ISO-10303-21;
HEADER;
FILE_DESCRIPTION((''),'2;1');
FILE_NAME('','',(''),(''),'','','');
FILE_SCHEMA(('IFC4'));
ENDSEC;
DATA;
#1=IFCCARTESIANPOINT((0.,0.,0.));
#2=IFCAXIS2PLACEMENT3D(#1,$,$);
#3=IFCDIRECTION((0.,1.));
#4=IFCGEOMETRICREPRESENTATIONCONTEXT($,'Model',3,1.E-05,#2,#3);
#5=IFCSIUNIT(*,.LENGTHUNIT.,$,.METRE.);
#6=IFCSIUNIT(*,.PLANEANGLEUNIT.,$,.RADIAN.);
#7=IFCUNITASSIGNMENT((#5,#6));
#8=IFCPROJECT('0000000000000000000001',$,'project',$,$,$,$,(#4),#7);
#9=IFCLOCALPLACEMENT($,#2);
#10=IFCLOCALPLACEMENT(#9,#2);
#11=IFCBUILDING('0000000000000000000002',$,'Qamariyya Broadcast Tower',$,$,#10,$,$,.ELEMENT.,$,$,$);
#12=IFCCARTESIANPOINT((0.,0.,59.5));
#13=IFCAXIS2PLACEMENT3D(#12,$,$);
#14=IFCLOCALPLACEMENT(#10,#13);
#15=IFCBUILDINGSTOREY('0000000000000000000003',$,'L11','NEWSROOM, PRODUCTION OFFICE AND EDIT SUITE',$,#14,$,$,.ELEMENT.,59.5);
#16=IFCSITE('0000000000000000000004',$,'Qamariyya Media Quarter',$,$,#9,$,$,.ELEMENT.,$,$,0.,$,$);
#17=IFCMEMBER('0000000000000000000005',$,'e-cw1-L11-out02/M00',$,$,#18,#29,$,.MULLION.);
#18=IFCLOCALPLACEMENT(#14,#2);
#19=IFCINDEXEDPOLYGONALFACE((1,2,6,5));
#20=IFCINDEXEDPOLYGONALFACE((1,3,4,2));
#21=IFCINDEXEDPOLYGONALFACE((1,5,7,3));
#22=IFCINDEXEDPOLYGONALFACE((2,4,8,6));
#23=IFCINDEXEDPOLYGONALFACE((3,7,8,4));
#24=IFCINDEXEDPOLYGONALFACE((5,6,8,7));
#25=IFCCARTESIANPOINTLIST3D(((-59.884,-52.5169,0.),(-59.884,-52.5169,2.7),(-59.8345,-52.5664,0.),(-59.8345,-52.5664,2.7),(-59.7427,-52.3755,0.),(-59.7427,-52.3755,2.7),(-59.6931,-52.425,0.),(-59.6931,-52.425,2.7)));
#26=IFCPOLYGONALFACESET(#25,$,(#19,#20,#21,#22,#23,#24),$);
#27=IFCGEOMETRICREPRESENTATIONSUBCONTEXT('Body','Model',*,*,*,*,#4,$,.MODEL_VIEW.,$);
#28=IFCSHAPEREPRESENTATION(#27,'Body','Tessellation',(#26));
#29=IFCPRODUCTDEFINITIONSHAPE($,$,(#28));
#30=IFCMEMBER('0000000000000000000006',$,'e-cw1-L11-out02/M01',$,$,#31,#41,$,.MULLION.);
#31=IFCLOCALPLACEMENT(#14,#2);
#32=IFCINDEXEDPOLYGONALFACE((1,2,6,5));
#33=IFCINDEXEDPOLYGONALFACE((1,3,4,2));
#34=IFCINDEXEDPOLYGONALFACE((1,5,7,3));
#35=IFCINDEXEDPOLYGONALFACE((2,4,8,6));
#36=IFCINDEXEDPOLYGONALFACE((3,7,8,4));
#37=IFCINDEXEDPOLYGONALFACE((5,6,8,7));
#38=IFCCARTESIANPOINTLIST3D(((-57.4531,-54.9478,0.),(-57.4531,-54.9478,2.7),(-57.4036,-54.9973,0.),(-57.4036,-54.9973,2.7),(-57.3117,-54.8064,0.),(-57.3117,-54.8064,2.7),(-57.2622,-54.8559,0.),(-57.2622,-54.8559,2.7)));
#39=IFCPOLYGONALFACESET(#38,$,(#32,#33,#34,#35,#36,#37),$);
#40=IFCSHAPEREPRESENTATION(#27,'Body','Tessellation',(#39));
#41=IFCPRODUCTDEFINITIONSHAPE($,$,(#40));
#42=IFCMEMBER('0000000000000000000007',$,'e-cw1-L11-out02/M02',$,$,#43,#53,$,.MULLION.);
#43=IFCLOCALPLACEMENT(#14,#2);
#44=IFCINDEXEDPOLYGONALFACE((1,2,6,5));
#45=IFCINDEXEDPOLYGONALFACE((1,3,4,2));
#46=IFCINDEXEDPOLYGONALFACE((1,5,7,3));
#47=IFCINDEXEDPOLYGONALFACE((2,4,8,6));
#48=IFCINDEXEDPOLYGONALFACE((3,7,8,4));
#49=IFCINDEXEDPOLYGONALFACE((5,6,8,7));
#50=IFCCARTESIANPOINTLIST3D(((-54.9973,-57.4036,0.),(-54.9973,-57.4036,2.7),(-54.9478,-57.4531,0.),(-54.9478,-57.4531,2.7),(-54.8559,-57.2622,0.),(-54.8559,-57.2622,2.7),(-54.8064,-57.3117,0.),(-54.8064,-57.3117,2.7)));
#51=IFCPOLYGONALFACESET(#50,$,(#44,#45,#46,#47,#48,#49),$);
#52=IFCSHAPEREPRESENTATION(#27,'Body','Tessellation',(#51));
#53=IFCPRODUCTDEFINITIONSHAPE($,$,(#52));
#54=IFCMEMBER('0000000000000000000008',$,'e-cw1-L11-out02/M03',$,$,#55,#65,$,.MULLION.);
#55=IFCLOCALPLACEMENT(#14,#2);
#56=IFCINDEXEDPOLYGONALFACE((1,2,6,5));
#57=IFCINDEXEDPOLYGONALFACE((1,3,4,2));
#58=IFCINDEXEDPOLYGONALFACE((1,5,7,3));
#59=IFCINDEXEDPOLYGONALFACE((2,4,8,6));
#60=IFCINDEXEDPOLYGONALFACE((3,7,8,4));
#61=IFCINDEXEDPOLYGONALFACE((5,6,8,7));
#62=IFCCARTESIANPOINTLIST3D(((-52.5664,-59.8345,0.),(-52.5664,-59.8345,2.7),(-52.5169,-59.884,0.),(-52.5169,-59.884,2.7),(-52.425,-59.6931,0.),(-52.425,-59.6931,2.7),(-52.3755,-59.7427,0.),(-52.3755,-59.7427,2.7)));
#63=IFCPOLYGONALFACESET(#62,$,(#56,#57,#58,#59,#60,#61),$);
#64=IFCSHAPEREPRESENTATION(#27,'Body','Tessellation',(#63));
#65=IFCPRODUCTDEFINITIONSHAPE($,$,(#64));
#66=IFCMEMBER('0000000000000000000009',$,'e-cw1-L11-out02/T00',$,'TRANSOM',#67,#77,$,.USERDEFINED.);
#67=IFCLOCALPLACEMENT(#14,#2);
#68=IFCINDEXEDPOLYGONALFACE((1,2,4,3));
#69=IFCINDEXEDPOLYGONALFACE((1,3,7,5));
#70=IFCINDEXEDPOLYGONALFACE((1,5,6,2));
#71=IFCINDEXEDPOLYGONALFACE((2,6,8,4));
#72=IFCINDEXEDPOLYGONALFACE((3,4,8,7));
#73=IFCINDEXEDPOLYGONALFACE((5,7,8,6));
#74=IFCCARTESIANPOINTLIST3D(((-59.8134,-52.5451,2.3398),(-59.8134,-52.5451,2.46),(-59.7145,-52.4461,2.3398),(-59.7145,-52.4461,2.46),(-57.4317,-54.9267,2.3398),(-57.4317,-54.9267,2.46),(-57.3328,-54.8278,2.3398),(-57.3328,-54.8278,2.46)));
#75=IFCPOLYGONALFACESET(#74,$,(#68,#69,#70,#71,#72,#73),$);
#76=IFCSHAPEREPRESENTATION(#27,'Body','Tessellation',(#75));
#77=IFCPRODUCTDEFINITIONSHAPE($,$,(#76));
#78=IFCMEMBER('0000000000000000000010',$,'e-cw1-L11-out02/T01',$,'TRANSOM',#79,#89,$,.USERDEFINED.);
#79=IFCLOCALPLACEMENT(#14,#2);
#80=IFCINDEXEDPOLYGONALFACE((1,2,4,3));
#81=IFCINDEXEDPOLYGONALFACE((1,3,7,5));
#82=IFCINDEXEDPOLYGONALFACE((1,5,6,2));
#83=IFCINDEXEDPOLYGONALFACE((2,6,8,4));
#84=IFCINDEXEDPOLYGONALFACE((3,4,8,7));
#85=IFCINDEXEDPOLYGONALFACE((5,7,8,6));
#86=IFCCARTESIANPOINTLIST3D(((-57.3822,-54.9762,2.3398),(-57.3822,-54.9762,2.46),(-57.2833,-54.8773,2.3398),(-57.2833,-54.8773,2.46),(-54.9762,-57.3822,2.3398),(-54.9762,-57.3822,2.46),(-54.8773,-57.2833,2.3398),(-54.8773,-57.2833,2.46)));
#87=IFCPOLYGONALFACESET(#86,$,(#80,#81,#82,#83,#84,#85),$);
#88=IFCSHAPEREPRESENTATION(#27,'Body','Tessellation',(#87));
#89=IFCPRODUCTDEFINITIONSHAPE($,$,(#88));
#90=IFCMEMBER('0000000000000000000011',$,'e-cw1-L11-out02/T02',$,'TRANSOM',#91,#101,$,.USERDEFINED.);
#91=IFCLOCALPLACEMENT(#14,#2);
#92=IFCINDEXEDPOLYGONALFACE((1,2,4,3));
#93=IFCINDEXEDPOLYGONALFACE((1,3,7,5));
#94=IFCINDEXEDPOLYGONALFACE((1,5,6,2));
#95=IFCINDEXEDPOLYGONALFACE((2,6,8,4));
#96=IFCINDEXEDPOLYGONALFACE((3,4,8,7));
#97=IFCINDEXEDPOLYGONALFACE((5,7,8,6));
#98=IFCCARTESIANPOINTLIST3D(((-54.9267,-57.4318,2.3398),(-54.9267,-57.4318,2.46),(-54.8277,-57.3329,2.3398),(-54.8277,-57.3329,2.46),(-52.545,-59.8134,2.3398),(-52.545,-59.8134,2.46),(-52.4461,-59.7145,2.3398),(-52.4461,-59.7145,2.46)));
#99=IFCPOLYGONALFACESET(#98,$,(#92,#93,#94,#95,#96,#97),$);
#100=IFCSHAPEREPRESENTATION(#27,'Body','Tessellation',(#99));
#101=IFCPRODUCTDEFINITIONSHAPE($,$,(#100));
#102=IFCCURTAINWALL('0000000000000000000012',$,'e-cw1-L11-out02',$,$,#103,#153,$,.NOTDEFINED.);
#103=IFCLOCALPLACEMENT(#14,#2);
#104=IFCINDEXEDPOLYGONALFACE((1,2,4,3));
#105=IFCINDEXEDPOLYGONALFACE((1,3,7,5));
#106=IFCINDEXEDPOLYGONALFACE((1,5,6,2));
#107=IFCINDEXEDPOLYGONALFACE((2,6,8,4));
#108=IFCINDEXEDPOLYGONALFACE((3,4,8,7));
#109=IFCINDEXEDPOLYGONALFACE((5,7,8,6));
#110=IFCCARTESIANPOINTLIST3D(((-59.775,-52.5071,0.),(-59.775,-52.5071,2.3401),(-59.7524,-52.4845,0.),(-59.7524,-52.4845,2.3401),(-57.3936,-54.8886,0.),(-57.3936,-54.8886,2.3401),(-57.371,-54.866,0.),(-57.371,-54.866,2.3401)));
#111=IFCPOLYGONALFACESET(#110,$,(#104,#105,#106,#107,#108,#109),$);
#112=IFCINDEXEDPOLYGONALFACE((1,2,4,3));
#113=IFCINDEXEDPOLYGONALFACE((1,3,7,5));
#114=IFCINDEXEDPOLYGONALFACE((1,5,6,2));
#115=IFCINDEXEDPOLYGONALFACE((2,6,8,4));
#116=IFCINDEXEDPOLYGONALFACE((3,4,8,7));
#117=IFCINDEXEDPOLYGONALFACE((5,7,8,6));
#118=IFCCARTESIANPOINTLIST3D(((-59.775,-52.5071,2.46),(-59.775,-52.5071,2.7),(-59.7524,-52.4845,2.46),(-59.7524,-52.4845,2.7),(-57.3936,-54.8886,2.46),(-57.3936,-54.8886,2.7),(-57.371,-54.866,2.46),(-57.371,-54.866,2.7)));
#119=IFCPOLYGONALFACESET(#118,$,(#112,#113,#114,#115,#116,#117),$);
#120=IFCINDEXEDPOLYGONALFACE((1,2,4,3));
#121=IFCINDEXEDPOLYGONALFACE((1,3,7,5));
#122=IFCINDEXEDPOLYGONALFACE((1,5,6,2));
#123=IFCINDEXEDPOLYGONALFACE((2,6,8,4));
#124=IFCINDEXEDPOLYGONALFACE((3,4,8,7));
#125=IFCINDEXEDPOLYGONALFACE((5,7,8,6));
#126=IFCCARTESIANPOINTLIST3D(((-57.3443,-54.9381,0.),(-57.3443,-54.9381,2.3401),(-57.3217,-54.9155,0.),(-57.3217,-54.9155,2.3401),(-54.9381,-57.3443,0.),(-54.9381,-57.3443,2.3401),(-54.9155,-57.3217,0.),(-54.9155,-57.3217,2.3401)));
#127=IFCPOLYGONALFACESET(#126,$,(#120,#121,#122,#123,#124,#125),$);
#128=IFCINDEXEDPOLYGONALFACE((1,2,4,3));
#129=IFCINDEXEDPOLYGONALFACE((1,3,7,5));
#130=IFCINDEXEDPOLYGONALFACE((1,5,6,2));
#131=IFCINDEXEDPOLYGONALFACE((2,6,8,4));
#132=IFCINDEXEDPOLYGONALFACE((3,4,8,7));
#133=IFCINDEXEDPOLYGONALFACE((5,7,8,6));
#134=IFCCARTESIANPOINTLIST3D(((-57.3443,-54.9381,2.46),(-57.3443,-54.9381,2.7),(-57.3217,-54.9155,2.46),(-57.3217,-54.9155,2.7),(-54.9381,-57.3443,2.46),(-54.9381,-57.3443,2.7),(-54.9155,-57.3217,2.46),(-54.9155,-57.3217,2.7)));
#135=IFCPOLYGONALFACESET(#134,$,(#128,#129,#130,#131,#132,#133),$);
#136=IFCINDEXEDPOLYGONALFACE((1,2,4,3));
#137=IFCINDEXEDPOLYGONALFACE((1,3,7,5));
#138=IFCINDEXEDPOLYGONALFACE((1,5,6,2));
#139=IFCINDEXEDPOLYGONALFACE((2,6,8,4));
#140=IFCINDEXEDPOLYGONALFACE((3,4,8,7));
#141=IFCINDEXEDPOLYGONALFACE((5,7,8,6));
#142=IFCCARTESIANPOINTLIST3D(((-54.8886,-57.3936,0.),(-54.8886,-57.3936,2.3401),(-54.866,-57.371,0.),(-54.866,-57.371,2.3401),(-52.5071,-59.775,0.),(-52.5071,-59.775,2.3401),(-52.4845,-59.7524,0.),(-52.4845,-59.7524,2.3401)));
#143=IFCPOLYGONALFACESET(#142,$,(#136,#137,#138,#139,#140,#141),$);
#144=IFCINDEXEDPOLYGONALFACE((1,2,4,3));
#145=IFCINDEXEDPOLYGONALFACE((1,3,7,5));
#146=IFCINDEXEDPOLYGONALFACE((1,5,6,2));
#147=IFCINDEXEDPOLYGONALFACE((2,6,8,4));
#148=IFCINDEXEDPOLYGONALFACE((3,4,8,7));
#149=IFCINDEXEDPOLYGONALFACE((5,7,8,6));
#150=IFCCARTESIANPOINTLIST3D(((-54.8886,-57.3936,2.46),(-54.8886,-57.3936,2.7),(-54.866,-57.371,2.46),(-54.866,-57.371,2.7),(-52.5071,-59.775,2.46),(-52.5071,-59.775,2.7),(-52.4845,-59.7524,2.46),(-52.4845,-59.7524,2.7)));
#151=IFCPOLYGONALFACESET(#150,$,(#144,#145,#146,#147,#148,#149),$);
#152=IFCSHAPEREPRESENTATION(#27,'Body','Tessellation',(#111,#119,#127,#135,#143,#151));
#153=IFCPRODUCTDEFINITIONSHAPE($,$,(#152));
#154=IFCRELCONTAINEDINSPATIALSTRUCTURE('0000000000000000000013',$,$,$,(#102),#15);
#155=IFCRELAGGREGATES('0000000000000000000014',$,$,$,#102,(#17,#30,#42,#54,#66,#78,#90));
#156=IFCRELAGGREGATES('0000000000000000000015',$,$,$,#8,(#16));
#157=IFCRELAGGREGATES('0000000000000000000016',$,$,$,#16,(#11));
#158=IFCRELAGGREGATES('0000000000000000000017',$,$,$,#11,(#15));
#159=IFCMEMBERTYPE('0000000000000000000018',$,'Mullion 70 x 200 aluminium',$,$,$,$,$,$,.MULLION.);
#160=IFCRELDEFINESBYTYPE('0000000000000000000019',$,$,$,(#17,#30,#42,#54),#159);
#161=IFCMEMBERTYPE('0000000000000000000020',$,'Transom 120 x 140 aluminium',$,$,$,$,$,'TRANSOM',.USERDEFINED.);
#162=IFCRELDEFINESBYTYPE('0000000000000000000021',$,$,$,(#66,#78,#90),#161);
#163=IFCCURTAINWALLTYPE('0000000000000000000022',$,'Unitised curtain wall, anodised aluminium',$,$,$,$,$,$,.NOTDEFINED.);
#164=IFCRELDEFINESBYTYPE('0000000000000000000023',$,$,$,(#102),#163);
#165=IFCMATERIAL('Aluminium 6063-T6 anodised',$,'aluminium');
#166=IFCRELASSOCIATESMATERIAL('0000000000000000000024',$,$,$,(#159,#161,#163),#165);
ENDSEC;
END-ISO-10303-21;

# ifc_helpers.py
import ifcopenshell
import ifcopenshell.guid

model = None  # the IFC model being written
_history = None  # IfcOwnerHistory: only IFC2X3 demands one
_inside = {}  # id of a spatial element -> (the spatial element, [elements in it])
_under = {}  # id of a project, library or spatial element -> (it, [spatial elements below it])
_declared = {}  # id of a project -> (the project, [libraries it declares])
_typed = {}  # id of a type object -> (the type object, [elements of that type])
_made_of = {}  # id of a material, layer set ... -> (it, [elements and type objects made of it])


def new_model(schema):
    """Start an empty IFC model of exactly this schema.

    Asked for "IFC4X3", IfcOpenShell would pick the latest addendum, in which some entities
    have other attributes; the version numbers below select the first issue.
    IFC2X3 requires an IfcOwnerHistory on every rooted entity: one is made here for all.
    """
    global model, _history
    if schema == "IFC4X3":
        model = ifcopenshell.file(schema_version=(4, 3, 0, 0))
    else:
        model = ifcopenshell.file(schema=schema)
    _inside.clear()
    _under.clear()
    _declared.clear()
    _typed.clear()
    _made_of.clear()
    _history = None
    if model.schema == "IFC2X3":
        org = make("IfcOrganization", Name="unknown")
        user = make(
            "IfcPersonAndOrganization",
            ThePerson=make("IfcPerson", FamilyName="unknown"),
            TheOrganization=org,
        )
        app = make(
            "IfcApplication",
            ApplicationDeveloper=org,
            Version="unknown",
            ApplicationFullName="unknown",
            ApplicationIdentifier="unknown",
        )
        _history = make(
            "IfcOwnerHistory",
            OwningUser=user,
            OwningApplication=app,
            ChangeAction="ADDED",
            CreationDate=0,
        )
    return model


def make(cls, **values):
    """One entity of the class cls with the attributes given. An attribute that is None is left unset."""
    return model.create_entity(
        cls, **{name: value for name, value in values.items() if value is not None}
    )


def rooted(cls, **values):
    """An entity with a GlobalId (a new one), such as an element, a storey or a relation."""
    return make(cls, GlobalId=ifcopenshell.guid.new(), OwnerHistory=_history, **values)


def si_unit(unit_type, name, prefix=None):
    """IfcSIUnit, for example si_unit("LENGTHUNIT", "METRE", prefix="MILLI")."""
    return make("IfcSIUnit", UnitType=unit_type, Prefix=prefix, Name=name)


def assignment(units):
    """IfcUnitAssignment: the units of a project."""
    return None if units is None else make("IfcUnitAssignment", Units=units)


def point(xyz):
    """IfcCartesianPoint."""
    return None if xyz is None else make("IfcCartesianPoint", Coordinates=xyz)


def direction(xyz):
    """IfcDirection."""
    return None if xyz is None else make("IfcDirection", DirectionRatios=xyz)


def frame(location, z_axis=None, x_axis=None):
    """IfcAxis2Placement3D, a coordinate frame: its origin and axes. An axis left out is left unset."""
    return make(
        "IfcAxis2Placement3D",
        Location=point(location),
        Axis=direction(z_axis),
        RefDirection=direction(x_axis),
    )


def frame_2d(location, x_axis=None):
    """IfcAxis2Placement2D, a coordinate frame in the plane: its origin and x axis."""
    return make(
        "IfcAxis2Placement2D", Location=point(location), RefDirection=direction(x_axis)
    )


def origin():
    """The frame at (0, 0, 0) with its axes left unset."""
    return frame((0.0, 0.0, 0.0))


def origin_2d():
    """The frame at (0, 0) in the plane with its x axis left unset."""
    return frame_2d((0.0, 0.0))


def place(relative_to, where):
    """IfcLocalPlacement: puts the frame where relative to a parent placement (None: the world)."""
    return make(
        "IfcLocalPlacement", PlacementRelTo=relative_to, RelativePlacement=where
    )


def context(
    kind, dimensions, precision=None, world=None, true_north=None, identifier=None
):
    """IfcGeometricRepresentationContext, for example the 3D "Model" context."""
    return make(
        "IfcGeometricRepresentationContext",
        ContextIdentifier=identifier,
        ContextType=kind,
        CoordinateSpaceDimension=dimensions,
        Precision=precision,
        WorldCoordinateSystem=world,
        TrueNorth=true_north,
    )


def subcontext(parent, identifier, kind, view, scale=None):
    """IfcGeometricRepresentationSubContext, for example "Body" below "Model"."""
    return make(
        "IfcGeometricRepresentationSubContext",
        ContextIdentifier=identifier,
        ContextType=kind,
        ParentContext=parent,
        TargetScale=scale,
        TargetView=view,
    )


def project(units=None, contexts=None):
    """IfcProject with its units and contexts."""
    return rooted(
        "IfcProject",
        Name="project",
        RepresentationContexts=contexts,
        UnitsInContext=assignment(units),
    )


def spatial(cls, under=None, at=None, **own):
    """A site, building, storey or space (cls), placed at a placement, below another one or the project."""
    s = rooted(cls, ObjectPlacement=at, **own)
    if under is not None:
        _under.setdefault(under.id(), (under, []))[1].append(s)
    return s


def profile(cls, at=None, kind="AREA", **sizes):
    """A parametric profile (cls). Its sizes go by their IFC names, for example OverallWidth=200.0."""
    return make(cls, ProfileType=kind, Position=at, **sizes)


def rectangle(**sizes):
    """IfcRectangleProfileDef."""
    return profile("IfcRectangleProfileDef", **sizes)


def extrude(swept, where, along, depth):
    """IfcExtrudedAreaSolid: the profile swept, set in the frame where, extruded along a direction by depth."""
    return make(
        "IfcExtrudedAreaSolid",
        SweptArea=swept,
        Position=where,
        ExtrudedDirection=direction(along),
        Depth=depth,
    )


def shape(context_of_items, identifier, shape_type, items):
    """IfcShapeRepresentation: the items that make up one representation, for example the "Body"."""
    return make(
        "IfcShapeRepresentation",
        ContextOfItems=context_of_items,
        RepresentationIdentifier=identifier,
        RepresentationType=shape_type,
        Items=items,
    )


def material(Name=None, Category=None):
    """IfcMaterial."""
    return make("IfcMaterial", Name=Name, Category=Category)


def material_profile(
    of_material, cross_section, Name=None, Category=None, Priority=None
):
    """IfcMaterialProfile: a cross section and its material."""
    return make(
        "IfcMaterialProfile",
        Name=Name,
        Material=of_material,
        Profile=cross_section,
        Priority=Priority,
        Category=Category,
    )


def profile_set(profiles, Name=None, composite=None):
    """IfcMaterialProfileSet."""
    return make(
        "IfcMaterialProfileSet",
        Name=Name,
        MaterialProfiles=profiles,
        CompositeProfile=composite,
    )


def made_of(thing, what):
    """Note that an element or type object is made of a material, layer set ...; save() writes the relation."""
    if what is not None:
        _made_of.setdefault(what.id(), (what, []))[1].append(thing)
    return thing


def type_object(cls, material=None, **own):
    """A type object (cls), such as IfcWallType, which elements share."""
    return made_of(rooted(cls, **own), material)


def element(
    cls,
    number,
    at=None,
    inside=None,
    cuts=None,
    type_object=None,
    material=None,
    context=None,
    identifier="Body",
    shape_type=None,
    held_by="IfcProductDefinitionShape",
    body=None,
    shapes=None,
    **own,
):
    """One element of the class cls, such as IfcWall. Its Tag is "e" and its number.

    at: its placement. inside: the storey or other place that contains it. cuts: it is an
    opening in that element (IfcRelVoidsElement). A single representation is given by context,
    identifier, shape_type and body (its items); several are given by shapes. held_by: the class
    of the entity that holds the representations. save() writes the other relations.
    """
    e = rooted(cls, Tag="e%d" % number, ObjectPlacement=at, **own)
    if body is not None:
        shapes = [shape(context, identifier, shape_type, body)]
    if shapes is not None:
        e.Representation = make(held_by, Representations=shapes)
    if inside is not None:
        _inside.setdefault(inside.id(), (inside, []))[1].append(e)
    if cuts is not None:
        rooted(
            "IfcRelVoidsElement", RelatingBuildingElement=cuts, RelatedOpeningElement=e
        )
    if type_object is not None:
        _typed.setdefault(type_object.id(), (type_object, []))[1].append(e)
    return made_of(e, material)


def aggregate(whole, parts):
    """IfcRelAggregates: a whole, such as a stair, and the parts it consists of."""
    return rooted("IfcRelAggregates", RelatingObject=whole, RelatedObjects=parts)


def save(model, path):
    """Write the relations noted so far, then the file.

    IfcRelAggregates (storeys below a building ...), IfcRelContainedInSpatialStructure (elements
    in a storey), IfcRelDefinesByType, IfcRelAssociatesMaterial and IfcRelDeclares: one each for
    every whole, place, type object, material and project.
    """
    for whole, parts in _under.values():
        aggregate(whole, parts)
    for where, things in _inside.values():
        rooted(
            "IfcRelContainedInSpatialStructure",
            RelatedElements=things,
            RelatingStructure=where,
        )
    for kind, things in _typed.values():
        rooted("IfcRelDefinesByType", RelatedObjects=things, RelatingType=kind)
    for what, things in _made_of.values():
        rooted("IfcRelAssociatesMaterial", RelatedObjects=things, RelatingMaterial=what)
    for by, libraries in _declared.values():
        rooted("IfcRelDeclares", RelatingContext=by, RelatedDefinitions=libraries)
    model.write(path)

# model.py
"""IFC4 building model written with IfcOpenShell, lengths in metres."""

from ifc_helpers import new_model, si_unit, direction, frame, origin, origin_2d, place, context, subcontext, project, spatial, rectangle, extrude, material, material_profile, profile_set, type_object, element, aggregate, save


model = new_model("IFC4")

# Units and contexts
model_context = context("Model", 3, precision=1e-05, world=origin(), true_north=direction((0.0, 1.0)))
body_context = subcontext(model_context, "Body", "Model", "MODEL_VIEW")
ifc_project = project(units=[si_unit("LENGTHUNIT", "METRE"), si_unit("PLANEANGLEUNIT", "RADIAN")], contexts=[model_context])

# Members
ifc_material_1 = material(Name="Aluminium 6063-T6 anodised", Category="aluminium")
ifc_material_profile_1 = material_profile(ifc_material_1, rectangle(XDim=0.2, YDim=0.0701, at=origin_2d()))
ifc_profile_set_1 = profile_set([ifc_material_profile_1], Name="Aluminium 6063-T6 anodised")
member_type_1 = type_object("IfcMemberType", Name="Mullion 70 x 200 aluminium", PredefinedType="MULLION", material=ifc_profile_set_1)
site_placement = place(None, origin())
building_placement = place(site_placement, origin())
storey_placement = place(building_placement, frame((0.0, 0.0, 59.5)))
member_1_placement = place(storey_placement, frame((-59.7886, -52.4709, 0.0), z_axis=(0.0, 0.0, 1.0), x_axis=(0.707107, 0.707107, 0.0)))
member_1 = element("IfcMember", 1, at=member_1_placement, type_object=member_type_1, Name="e-cw1-L11-out02/M00", PredefinedType="MULLION", context=body_context, shape_type="SweptSolid", body=[
    extrude(rectangle(XDim=0.2, YDim=0.0701, at=origin_2d()), origin(), (0.0, 0.0, 1.0), 2.7),
])
member_2_placement = place(storey_placement, frame((-57.3577, -54.9019, 0.0), z_axis=(0.0, 0.0, 1.0), x_axis=(0.707107, 0.707107, 0.0)))
member_2 = element("IfcMember", 2, at=member_2_placement, type_object=member_type_1, Name="e-cw1-L11-out02/M01", PredefinedType="MULLION", context=body_context, shape_type="SweptSolid", body=[
    extrude(rectangle(XDim=0.2, YDim=0.0701, at=origin_2d()), origin(), (0.0, 0.0, 1.0), 2.7),
])
member_3_placement = place(storey_placement, frame((-54.9019, -57.3577, 0.0), z_axis=(0.0, 0.0, 1.0), x_axis=(0.707107, 0.707107, 0.0)))
member_3 = element("IfcMember", 3, at=member_3_placement, type_object=member_type_1, Name="e-cw1-L11-out02/M02", PredefinedType="MULLION", context=body_context, shape_type="SweptSolid", body=[
    extrude(rectangle(XDim=0.2, YDim=0.0701, at=origin_2d()), origin(), (0.0, 0.0, 1.0), 2.7),
])
member_4_placement = place(storey_placement, frame((-52.4709, -59.7886, 0.0), z_axis=(0.0, 0.0, 1.0), x_axis=(0.707107, 0.707107, 0.0)))
member_4 = element("IfcMember", 4, at=member_4_placement, type_object=member_type_1, Name="e-cw1-L11-out02/M03", PredefinedType="MULLION", context=body_context, shape_type="SweptSolid", body=[
    extrude(rectangle(XDim=0.2, YDim=0.0701, at=origin_2d()), origin(), (0.0, 0.0, 1.0), 2.7),
])
ifc_material_profile_2 = material_profile(ifc_material_1, rectangle(XDim=0.1399, YDim=0.1201, at=origin_2d()))
ifc_profile_set_2 = profile_set([ifc_material_profile_2], Name="Aluminium 6063-T6 anodised")
member_type_2 = type_object("IfcMemberType", Name="Transom 120 x 140 aluminium", ElementType="TRANSOM", PredefinedType="USERDEFINED", material=ifc_profile_set_2)
member_5_placement = place(storey_placement, frame((-59.7639, -52.4956, 2.3999), z_axis=(0.707107, -0.707107, 0.0), x_axis=(0.707107, 0.707107, 0.0)))
member_5 = element("IfcMember", 5, at=member_5_placement, type_object=member_type_2, Name="e-cw1-L11-out02/T00", ObjectType="TRANSOM", PredefinedType="USERDEFINED", context=body_context, shape_type="SweptSolid", body=[
    extrude(rectangle(XDim=0.1399, YDim=0.1201, at=origin_2d()), origin(), (0.0, 0.0, 1.0), 3.3682),
])
member_6_placement = place(storey_placement, frame((-57.3328, -54.9268, 2.3999), z_axis=(0.707107, -0.707107, 0.0), x_axis=(0.707107, 0.707107, 0.0)))
member_6 = element("IfcMember", 6, at=member_6_placement, type_object=member_type_2, Name="e-cw1-L11-out02/T01", ObjectType="TRANSOM", PredefinedType="USERDEFINED", context=body_context, shape_type="SweptSolid", body=[
    extrude(rectangle(XDim=0.1399, YDim=0.1201, at=origin_2d()), origin(), (0.0, 0.0, 1.0), 3.4026),
])
member_7_placement = place(storey_placement, frame((-54.8772, -57.3823, 2.3999), z_axis=(0.707107, -0.707107, 0.0), x_axis=(0.707107, 0.707107, 0.0)))
member_7 = element("IfcMember", 7, at=member_7_placement, type_object=member_type_2, Name="e-cw1-L11-out02/T02", ObjectType="TRANSOM", PredefinedType="USERDEFINED", context=body_context, shape_type="SweptSolid", body=[
    extrude(rectangle(XDim=0.1399, YDim=0.1201, at=origin_2d()), origin(), (0.0, 0.0, 1.0), 3.3682),
])

# Site, building, storey
site = spatial("IfcSite", under=ifc_project, at=site_placement, Name="Qamariyya Media Quarter", CompositionType="ELEMENT", RefElevation=0.0)
building = spatial("IfcBuilding", under=site, at=building_placement, Name="Qamariyya Broadcast Tower", CompositionType="ELEMENT")
storey = spatial("IfcBuildingStorey", under=building, at=storey_placement, Name="L11", Description="NEWSROOM, PRODUCTION OFFICE AND EDIT SUITE", CompositionType="ELEMENT", Elevation=59.5)

# Curtain wall
curtain_wall_type = type_object("IfcCurtainWallType", Name="Unitised curtain wall, anodised aluminium", PredefinedType="NOTDEFINED", material=ifc_material_1)
curtain_wall_1_placement = place(storey_placement, origin())
curtain_wall_1 = element("IfcCurtainWall", 8, at=curtain_wall_1_placement, inside=storey, type_object=curtain_wall_type, Name="e-cw1-L11-out02", PredefinedType="NOTDEFINED", context=body_context, shape_type="SweptSolid", body=[
    extrude(rectangle(XDim=3.3679, YDim=0.032, at=origin_2d()), frame((-58.573, -53.6865, 0.0), x_axis=(0.707107, -0.707107, 0.0)), (0.0, 0.0, 1.0), 2.3401),
    extrude(rectangle(XDim=3.3679, YDim=0.032, at=origin_2d()), frame((-58.573, -53.6865, 2.46), x_axis=(0.707107, -0.707107, 0.0)), (0.0, 0.0, 1.0), 0.24),
    extrude(rectangle(XDim=3.4028, YDim=0.032, at=origin_2d()), frame((-56.1299, -56.1299, 0.0), x_axis=(0.707107, -0.707107, 0.0)), (0.0, 0.0, 1.0), 2.3401),
    extrude(rectangle(XDim=3.4028, YDim=0.032, at=origin_2d()), frame((-56.1299, -56.1299, 2.46), x_axis=(0.707107, -0.707107, 0.0)), (0.0, 0.0, 1.0), 0.24),
    extrude(rectangle(XDim=3.3679, YDim=0.032, at=origin_2d()), frame((-53.6865, -58.573, 0.0), x_axis=(0.707107, -0.707107, 0.0)), (0.0, 0.0, 1.0), 2.3401),
    extrude(rectangle(XDim=3.3679, YDim=0.032, at=origin_2d()), frame((-53.6865, -58.573, 2.46), x_axis=(0.707107, -0.707107, 0.0)), (0.0, 0.0, 1.0), 0.24),
])
aggregate(curtain_wall_1, [member_1, member_2, member_3, member_4, member_5, member_6, member_7])

save(model, "model.ifc")
